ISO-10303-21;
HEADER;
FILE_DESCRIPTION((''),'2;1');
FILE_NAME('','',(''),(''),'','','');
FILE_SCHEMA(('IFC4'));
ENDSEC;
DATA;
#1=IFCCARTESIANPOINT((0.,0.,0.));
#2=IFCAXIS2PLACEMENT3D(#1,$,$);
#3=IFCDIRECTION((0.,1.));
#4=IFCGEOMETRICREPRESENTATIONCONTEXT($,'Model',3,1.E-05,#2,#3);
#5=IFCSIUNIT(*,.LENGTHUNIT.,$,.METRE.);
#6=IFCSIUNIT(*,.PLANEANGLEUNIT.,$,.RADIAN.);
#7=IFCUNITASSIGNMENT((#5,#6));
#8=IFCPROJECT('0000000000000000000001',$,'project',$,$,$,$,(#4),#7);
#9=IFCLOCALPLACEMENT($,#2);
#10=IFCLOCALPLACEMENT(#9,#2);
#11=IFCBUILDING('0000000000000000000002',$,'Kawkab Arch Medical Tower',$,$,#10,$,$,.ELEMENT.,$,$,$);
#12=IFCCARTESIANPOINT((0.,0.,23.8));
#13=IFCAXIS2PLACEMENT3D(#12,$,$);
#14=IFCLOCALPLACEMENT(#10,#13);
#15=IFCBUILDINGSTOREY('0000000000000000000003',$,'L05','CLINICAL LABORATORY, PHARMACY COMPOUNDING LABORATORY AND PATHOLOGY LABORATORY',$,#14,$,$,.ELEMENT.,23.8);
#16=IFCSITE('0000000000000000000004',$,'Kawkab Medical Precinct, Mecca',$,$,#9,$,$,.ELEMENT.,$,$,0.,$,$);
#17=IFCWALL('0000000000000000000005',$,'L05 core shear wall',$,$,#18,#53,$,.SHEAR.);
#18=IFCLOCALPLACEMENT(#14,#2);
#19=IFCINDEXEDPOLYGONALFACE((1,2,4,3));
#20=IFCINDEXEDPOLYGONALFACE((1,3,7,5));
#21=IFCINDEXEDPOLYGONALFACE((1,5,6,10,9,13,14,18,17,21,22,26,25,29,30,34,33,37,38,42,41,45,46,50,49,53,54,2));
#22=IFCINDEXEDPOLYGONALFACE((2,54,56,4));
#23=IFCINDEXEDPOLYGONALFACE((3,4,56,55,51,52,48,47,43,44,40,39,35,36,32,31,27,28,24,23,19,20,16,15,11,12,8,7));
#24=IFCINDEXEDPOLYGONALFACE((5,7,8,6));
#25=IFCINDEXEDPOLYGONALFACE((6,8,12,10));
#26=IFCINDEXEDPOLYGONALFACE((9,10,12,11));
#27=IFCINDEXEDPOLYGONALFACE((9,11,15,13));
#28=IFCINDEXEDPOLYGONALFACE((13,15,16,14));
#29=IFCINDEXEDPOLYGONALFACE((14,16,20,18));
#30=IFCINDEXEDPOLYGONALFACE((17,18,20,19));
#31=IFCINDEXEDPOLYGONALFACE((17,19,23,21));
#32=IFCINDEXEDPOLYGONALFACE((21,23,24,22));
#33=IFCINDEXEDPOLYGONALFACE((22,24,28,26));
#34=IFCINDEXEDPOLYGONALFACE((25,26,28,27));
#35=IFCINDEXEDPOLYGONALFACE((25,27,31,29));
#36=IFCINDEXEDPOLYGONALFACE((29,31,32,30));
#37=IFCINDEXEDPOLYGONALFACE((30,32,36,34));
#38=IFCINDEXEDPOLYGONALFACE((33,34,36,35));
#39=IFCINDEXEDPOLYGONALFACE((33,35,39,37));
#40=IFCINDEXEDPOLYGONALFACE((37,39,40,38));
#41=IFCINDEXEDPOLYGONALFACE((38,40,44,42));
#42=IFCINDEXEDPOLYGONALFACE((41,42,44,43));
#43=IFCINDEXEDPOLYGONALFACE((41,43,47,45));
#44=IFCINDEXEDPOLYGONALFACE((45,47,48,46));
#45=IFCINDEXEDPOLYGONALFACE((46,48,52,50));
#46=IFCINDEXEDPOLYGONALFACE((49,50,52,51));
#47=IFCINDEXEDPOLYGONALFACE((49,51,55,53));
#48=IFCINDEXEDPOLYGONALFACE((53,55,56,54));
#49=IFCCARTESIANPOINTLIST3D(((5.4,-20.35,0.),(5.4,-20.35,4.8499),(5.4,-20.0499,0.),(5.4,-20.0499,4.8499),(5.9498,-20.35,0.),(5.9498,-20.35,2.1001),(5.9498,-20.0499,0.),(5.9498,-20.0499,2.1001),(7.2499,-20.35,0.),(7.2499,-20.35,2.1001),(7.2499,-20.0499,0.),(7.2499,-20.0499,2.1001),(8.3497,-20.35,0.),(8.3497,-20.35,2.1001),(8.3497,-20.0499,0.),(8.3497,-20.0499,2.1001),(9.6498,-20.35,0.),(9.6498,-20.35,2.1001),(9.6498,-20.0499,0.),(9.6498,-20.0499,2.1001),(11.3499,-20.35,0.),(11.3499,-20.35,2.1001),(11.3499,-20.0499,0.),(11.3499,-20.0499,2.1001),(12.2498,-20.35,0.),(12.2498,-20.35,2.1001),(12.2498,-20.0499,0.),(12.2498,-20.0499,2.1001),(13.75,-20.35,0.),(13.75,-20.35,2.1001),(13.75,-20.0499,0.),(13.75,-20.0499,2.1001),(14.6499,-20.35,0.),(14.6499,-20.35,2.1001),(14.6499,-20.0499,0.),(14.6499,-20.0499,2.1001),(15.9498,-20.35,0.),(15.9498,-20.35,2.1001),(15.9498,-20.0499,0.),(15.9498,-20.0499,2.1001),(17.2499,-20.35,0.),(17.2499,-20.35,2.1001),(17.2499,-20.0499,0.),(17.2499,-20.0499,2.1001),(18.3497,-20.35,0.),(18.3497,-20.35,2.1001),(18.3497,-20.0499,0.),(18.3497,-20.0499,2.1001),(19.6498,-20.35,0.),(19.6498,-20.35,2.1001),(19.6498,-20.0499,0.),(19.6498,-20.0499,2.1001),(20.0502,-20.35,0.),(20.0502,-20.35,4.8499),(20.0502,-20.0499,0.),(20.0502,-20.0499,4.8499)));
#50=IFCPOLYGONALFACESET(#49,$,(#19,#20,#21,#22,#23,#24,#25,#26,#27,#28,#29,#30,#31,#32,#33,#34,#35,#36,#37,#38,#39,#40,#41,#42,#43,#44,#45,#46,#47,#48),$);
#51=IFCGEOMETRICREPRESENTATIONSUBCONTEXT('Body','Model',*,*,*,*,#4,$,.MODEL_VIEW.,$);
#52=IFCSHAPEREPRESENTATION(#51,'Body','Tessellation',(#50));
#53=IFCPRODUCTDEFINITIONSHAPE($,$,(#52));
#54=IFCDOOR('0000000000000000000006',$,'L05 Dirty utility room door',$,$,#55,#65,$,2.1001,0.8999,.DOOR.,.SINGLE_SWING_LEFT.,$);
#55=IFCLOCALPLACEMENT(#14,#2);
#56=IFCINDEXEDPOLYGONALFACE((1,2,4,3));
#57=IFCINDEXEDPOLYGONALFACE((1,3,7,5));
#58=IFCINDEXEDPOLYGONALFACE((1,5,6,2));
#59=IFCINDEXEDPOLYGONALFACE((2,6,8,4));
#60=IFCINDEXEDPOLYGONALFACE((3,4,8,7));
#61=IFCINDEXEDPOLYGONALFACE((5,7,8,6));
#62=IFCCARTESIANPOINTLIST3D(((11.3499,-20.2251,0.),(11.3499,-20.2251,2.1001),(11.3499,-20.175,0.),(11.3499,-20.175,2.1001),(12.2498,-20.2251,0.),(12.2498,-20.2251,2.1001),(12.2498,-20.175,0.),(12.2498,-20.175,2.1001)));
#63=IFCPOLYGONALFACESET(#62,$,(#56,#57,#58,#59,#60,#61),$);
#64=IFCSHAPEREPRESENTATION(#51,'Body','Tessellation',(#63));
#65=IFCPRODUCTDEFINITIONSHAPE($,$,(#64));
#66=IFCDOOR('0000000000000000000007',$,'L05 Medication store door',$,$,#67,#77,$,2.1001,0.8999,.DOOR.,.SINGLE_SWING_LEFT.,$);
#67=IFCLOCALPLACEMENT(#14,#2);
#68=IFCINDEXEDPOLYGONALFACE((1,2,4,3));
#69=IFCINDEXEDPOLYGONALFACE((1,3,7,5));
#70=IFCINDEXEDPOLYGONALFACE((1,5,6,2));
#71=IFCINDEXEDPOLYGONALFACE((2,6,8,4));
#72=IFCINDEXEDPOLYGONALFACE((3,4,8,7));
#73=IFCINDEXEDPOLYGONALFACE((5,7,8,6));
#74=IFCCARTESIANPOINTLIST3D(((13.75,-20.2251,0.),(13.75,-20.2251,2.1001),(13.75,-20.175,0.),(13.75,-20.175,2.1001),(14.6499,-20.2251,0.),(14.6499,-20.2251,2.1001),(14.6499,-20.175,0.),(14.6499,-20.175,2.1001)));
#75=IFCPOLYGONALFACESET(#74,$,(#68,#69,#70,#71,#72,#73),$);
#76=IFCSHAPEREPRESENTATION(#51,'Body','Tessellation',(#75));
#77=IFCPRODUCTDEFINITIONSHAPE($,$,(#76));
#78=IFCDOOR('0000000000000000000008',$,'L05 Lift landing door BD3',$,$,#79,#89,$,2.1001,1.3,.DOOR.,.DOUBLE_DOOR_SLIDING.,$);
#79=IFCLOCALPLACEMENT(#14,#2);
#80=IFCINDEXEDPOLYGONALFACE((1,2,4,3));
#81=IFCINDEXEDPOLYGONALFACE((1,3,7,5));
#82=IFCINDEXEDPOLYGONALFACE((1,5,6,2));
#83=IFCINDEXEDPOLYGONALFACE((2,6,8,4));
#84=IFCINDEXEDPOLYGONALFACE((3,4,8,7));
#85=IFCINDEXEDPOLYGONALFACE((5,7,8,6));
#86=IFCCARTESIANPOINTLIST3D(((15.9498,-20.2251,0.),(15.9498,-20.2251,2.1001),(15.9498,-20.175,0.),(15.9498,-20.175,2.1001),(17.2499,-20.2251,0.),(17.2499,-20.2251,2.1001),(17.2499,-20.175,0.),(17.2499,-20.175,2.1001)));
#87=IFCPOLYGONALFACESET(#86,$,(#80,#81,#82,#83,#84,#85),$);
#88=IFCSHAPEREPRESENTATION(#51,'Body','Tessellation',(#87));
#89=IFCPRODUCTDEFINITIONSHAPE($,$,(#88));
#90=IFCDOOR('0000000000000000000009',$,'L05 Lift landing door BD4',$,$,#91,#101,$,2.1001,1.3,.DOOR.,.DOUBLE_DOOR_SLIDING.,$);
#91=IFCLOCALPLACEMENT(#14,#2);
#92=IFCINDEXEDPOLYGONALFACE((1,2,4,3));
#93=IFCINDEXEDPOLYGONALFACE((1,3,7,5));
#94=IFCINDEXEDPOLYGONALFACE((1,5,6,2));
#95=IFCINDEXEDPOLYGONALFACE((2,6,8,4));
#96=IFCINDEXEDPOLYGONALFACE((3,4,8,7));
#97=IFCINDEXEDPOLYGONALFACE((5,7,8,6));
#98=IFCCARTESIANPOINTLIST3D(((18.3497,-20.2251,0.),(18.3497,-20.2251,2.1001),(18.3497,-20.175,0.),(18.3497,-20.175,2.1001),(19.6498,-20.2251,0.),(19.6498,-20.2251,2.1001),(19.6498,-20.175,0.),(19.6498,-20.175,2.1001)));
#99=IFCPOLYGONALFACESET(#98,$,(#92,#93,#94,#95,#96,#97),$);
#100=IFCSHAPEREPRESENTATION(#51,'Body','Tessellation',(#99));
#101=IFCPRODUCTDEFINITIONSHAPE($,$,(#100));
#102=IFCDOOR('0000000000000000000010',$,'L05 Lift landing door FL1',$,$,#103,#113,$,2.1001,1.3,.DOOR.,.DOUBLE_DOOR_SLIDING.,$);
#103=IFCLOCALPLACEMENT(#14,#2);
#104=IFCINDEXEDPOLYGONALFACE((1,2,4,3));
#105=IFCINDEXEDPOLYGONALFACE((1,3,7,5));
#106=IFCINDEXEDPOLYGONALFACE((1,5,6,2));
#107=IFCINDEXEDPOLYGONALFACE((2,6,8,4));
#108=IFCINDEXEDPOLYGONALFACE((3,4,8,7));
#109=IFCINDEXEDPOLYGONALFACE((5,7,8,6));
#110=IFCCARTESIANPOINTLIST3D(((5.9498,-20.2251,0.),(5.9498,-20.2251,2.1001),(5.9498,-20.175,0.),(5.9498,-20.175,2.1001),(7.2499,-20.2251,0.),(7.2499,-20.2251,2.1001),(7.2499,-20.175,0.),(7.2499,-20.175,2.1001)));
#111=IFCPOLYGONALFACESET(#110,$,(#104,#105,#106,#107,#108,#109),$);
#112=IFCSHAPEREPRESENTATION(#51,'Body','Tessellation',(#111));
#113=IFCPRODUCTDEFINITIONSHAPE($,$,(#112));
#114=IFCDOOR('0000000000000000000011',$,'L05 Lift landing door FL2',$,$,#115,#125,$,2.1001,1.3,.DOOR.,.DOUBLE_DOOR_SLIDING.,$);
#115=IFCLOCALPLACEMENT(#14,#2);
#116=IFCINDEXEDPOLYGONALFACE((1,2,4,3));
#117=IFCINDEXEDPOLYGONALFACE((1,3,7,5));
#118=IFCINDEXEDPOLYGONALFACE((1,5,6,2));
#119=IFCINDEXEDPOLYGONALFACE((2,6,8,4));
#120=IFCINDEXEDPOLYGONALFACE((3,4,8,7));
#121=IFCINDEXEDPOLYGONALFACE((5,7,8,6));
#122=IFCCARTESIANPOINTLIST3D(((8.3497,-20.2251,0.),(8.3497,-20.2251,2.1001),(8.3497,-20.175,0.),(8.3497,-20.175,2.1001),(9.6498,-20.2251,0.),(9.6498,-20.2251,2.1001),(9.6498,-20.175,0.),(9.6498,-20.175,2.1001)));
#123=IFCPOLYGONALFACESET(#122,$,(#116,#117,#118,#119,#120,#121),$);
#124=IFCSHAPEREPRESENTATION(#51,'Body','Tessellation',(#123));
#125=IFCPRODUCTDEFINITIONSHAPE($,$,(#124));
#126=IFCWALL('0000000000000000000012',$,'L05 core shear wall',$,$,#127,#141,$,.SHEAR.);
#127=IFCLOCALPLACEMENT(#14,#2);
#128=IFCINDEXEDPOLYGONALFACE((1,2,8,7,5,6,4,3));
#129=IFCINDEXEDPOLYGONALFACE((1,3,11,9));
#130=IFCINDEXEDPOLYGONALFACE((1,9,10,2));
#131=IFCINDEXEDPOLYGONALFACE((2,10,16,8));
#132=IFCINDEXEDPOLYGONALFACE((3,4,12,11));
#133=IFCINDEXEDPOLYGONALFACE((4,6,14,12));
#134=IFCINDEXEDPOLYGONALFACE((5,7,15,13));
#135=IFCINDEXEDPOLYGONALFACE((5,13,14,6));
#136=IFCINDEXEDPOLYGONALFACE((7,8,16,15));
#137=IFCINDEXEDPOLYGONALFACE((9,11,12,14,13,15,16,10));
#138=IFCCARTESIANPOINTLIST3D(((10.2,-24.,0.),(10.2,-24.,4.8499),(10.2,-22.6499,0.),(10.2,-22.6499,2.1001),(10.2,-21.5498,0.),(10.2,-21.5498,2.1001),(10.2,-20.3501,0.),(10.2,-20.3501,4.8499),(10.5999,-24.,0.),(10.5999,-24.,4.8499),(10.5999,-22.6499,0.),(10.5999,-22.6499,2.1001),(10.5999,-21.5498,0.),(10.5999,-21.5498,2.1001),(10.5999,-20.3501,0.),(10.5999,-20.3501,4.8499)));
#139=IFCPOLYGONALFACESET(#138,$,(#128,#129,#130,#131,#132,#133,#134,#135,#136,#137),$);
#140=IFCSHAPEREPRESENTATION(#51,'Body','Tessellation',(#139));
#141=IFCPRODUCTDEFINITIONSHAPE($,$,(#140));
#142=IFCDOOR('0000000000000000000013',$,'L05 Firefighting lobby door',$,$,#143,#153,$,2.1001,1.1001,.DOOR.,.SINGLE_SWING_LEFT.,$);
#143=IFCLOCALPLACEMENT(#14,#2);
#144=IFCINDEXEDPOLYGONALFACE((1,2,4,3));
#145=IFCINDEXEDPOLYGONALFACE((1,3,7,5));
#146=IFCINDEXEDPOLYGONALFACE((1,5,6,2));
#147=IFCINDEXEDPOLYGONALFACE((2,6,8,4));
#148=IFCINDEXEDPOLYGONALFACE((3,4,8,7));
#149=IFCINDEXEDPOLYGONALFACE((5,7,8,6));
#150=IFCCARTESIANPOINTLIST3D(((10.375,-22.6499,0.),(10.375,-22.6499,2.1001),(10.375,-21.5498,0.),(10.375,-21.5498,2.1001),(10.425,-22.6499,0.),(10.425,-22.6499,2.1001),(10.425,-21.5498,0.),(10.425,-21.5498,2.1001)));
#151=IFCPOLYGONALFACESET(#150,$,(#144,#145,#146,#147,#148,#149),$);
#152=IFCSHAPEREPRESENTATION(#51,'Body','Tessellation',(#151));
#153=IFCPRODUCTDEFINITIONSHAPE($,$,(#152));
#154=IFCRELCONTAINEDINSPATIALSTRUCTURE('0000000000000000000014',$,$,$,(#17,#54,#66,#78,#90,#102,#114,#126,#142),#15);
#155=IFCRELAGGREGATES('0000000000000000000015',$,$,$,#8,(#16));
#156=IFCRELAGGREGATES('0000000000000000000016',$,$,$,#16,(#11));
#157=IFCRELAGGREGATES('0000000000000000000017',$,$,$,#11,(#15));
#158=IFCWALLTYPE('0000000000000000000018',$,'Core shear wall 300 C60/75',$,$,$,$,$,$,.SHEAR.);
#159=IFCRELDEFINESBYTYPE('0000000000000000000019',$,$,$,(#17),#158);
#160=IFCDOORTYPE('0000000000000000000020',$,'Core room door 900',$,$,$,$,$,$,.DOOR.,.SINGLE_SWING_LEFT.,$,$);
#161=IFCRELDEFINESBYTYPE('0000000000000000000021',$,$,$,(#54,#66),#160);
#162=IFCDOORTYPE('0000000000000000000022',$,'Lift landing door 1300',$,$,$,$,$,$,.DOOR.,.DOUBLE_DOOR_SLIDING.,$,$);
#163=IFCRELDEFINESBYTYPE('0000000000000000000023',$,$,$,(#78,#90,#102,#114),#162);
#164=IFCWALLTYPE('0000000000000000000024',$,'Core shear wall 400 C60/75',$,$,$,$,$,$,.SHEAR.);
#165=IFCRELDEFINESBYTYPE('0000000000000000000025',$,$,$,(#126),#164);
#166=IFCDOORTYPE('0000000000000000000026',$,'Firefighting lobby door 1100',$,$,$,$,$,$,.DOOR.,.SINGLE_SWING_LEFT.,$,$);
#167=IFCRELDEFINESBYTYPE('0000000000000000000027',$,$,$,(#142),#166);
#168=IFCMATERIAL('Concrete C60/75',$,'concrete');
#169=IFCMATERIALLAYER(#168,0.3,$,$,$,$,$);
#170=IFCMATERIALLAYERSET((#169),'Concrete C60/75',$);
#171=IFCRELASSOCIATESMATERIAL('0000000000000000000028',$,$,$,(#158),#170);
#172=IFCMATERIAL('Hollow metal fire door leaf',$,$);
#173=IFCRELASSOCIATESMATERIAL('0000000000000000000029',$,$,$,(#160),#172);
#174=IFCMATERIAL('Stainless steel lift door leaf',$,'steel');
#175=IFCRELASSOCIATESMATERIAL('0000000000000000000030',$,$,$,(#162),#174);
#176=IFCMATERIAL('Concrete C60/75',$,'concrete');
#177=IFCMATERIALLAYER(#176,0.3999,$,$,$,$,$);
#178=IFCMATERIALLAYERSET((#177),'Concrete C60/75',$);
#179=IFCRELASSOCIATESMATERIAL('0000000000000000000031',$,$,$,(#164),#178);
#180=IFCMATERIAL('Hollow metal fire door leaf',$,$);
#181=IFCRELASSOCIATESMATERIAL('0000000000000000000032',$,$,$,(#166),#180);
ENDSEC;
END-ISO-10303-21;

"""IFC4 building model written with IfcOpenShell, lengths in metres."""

from ifc_helpers import new_model, si_unit, direction, frame, frame_2d, origin, place, context, subcontext, project, spatial, rectangle, extrude, material, layer, layer_set, type_object, element, fill, save


model = new_model("IFC4")

# Units and contexts
model_context = context("Model", 3, precision=1e-05, world=origin(), true_north=direction((0.0, 1.0)))
body_context = subcontext(model_context, "Body", "Model", "MODEL_VIEW")
ifc_project = project(units=[si_unit("LENGTHUNIT", "METRE"), si_unit("PLANEANGLEUNIT", "RADIAN")], contexts=[model_context])

# Site, building, storey
site_placement = place(None, origin())
site = spatial("IfcSite", under=ifc_project, at=site_placement, Name="Kawkab Medical Precinct, Mecca", CompositionType="ELEMENT", RefElevation=0.0)
building_placement = place(site_placement, origin())
building = spatial("IfcBuilding", under=site, at=building_placement, Name="Kawkab Arch Medical Tower", CompositionType="ELEMENT")
storey_placement = place(building_placement, frame((0.0, 0.0, 23.8)))
storey = spatial("IfcBuildingStorey", under=building, at=storey_placement, Name="L05", Description="CLINICAL LABORATORY, PHARMACY COMPOUNDING LABORATORY AND PATHOLOGY LABORATORY", CompositionType="ELEMENT", Elevation=23.8)

# Shared definitions
ifc_material_1 = material(Name="Concrete C60/75", Category="concrete")
ifc_layer_1 = layer(ifc_material_1, 0.3)
ifc_layer_set_1 = layer_set([ifc_layer_1], Name="Concrete C60/75")
wall_type_1 = type_object("IfcWallType", Name="Core shear wall 300 C60/75", PredefinedType="SHEAR", material=ifc_layer_set_1)

# Wall, openings, doors
wall_1_placement = place(storey_placement, frame((5.3999, -20.2, 0.0), z_axis=(0.0, 0.0, 1.0), x_axis=(1.0, 0.0, 0.0)))
wall_1 = element("IfcWall", 1, at=wall_1_placement, inside=storey, type_object=wall_type_1, Name="L05 core shear wall", PredefinedType="SHEAR", context=body_context, shape_type="SweptSolid", body=[
    extrude(rectangle(XDim=14.6501, YDim=0.3, at=frame_2d((7.3252, 0.0))), origin(), (0.0, 0.0, 1.0), 4.8499),
])
opening_1_placement = place(wall_1_placement, frame((10.55, 0.0, 0.0)))
opening_1 = element("IfcOpeningElement", 2, at=opening_1_placement, cuts=wall_1, PredefinedType="OPENING", context=body_context, shape_type="SweptSolid", body=[
    extrude(rectangle(XDim=1.3, YDim=2.1001, at=frame_2d((0.6499, 1.05))), frame((0.0, 0.1599, 0.0), z_axis=(0.0, -1.0, 0.0), x_axis=(1.0, 0.0, 0.0)), (0.0, 0.0, 1.0), 0.3201),
])
opening_2_placement = place(wall_1_placement, frame((12.95, 0.0, 0.0)))
opening_2 = element("IfcOpeningElement", 3, at=opening_2_placement, cuts=wall_1, PredefinedType="OPENING", context=body_context, shape_type="SweptSolid", body=[
    extrude(rectangle(XDim=1.3, YDim=2.1001, at=frame_2d((0.6499, 1.05))), frame((0.0, 0.1599, 0.0), z_axis=(0.0, -1.0, 0.0), x_axis=(1.0, 0.0, 0.0)), (0.0, 0.0, 1.0), 0.3201),
])
opening_3_placement = place(wall_1_placement, frame((0.55, 0.0, 0.0)))
opening_3 = element("IfcOpeningElement", 4, at=opening_3_placement, cuts=wall_1, PredefinedType="OPENING", context=body_context, shape_type="SweptSolid", body=[
    extrude(rectangle(XDim=1.3, YDim=2.1001, at=frame_2d((0.6499, 1.05))), frame((0.0, 0.1599, 0.0), z_axis=(0.0, -1.0, 0.0), x_axis=(1.0, 0.0, 0.0)), (0.0, 0.0, 1.0), 0.3201),
])
opening_4_placement = place(wall_1_placement, frame((2.95, 0.0, 0.0)))
opening_4 = element("IfcOpeningElement", 5, at=opening_4_placement, cuts=wall_1, PredefinedType="OPENING", context=body_context, shape_type="SweptSolid", body=[
    extrude(rectangle(XDim=1.3, YDim=2.1001, at=frame_2d((0.6499, 1.05))), frame((0.0, 0.1599, 0.0), z_axis=(0.0, -1.0, 0.0), x_axis=(1.0, 0.0, 0.0)), (0.0, 0.0, 1.0), 0.3201),
])
opening_5_placement = place(wall_1_placement, frame((5.95, 0.0, 0.0)))
opening_5 = element("IfcOpeningElement", 6, at=opening_5_placement, cuts=wall_1, PredefinedType="OPENING", context=body_context, shape_type="SweptSolid", body=[
    extrude(rectangle(XDim=0.8999, YDim=2.1001, at=frame_2d((0.45, 1.05))), frame((0.0, 0.1599, 0.0), z_axis=(0.0, -1.0, 0.0), x_axis=(1.0, 0.0, 0.0)), (0.0, 0.0, 1.0), 0.3201),
])
opening_6_placement = place(wall_1_placement, frame((8.3501, 0.0, 0.0)))
opening_6 = element("IfcOpeningElement", 7, at=opening_6_placement, cuts=wall_1, PredefinedType="OPENING", context=body_context, shape_type="SweptSolid", body=[
    extrude(rectangle(XDim=0.8999, YDim=2.1001, at=frame_2d((0.45, 1.05))), frame((0.0, 0.1599, 0.0), z_axis=(0.0, -1.0, 0.0), x_axis=(1.0, 0.0, 0.0)), (0.0, 0.0, 1.0), 0.3201),
])
ifc_material_2 = material(Name="Hollow metal fire door leaf")
door_type_1 = type_object("IfcDoorType", Name="Core room door 900", OperationType="SINGLE_SWING_LEFT", PredefinedType="DOOR", material=ifc_material_2)
door_1_placement = place(opening_5_placement, origin())
door_1 = element("IfcDoor", 8, at=door_1_placement, inside=storey, type_object=door_type_1, Name="L05 Dirty utility room door", OperationType="SINGLE_SWING_LEFT", OverallHeight=2.1001, OverallWidth=0.8999, PredefinedType="DOOR", context=body_context, shape_type="SweptSolid", body=[
    extrude(rectangle(XDim=0.8999, YDim=2.1001, at=frame_2d((0.45, 1.05))), frame((0.0, 0.0249, 0.0), z_axis=(0.0, -1.0, 0.0), x_axis=(1.0, 0.0, 0.0)), (0.0, 0.0, 1.0), 0.05),
])
fill(opening_5, door_1)
door_2_placement = place(opening_6_placement, origin())
door_2 = element("IfcDoor", 9, at=door_2_placement, inside=storey, type_object=door_type_1, Name="L05 Medication store door", OperationType="SINGLE_SWING_LEFT", OverallHeight=2.1001, OverallWidth=0.8999, PredefinedType="DOOR", context=body_context, shape_type="SweptSolid", body=[
    extrude(rectangle(XDim=0.8999, YDim=2.1001, at=frame_2d((0.45, 1.05))), frame((0.0, 0.0249, 0.0), z_axis=(0.0, -1.0, 0.0), x_axis=(1.0, 0.0, 0.0)), (0.0, 0.0, 1.0), 0.05),
])
fill(opening_6, door_2)
ifc_material_3 = material(Name="Stainless steel lift door leaf", Category="steel")
door_type_2 = type_object("IfcDoorType", Name="Lift landing door 1300", OperationType="DOUBLE_DOOR_SLIDING", PredefinedType="DOOR", material=ifc_material_3)
door_3_placement = place(opening_1_placement, origin())
door_3 = element("IfcDoor", 10, at=door_3_placement, inside=storey, type_object=door_type_2, Name="L05 Lift landing door BD3", OperationType="DOUBLE_DOOR_SLIDING", OverallHeight=2.1001, OverallWidth=1.3, PredefinedType="DOOR", context=body_context, shape_type="SweptSolid", body=[
    extrude(rectangle(XDim=1.3, YDim=2.1001, at=frame_2d((0.6499, 1.05))), frame((0.0, 0.0249, 0.0), z_axis=(0.0, -1.0, 0.0), x_axis=(1.0, 0.0, 0.0)), (0.0, 0.0, 1.0), 0.05),
])
fill(opening_1, door_3)
door_4_placement = place(opening_2_placement, origin())
door_4 = element("IfcDoor", 11, at=door_4_placement, inside=storey, type_object=door_type_2, Name="L05 Lift landing door BD4", OperationType="DOUBLE_DOOR_SLIDING", OverallHeight=2.1001, OverallWidth=1.3, PredefinedType="DOOR", context=body_context, shape_type="SweptSolid", body=[
    extrude(rectangle(XDim=1.3, YDim=2.1001, at=frame_2d((0.6499, 1.05))), frame((0.0, 0.0249, 0.0), z_axis=(0.0, -1.0, 0.0), x_axis=(1.0, 0.0, 0.0)), (0.0, 0.0, 1.0), 0.05),
])
fill(opening_2, door_4)
door_5_placement = place(opening_3_placement, origin())
door_5 = element("IfcDoor", 12, at=door_5_placement, inside=storey, type_object=door_type_2, Name="L05 Lift landing door FL1", OperationType="DOUBLE_DOOR_SLIDING", OverallHeight=2.1001, OverallWidth=1.3, PredefinedType="DOOR", context=body_context, shape_type="SweptSolid", body=[
    extrude(rectangle(XDim=1.3, YDim=2.1001, at=frame_2d((0.6499, 1.05))), frame((0.0, 0.0249, 0.0), z_axis=(0.0, -1.0, 0.0), x_axis=(1.0, 0.0, 0.0)), (0.0, 0.0, 1.0), 0.05),
])
fill(opening_3, door_5)
door_6_placement = place(opening_4_placement, origin())
door_6 = element("IfcDoor", 13, at=door_6_placement, inside=storey, type_object=door_type_2, Name="L05 Lift landing door FL2", OperationType="DOUBLE_DOOR_SLIDING", OverallHeight=2.1001, OverallWidth=1.3, PredefinedType="DOOR", context=body_context, shape_type="SweptSolid", body=[
    extrude(rectangle(XDim=1.3, YDim=2.1001, at=frame_2d((0.6499, 1.05))), frame((0.0, 0.0249, 0.0), z_axis=(0.0, -1.0, 0.0), x_axis=(1.0, 0.0, 0.0)), (0.0, 0.0, 1.0), 0.05),
])
fill(opening_4, door_6)

# Wall, opening, door
ifc_material_4 = material(Name="Concrete C60/75", Category="concrete")
ifc_layer_2 = layer(ifc_material_4, 0.3999)
ifc_layer_set_2 = layer_set([ifc_layer_2], Name="Concrete C60/75")
wall_type_2 = type_object("IfcWallType", Name="Core shear wall 400 C60/75", PredefinedType="SHEAR", material=ifc_layer_set_2)
wall_2_placement = place(storey_placement, frame((10.3999, -24.0, 0.0), z_axis=(0.0, 0.0, 1.0), x_axis=(0.0, 1.0, 0.0)))
wall_2 = element("IfcWall", 14, at=wall_2_placement, inside=storey, type_object=wall_type_2, Name="L05 core shear wall", PredefinedType="SHEAR", context=body_context, shape_type="SweptSolid", body=[
    extrude(rectangle(XDim=3.6499, YDim=0.3999, at=frame_2d((1.825, 0.0))), origin(), (0.0, 0.0, 1.0), 4.8499),
])
opening_7_placement = place(wall_2_placement, frame((1.3501, 0.0, 0.0)))
opening_7 = element("IfcOpeningElement", 15, at=opening_7_placement, cuts=wall_2, PredefinedType="OPENING", context=body_context, shape_type="SweptSolid", body=[
    extrude(rectangle(XDim=1.1001, YDim=2.1001, at=frame_2d((0.55, 1.05))), frame((0.0, 0.21, 0.0), z_axis=(0.0, -1.0, 0.0), x_axis=(1.0, 0.0, 0.0)), (0.0, 0.0, 1.0), 0.4199),
])
ifc_material_5 = material(Name="Hollow metal fire door leaf")
door_type_3 = type_object("IfcDoorType", Name="Firefighting lobby door 1100", OperationType="SINGLE_SWING_LEFT", PredefinedType="DOOR", material=ifc_material_5)
door_7_placement = place(opening_7_placement, origin())
door_7 = element("IfcDoor", 16, at=door_7_placement, inside=storey, type_object=door_type_3, Name="L05 Firefighting lobby door", OperationType="SINGLE_SWING_LEFT", OverallHeight=2.1001, OverallWidth=1.1001, PredefinedType="DOOR", context=body_context, shape_type="SweptSolid", body=[
    extrude(rectangle(XDim=1.1001, YDim=2.1001, at=frame_2d((0.55, 1.05))), frame((0.0, 0.0249, 0.0), z_axis=(0.0, -1.0, 0.0), x_axis=(1.0, 0.0, 0.0)), (0.0, 0.0, 1.0), 0.05),
])
fill(opening_7, door_7)

save(model, "model.ifc")
